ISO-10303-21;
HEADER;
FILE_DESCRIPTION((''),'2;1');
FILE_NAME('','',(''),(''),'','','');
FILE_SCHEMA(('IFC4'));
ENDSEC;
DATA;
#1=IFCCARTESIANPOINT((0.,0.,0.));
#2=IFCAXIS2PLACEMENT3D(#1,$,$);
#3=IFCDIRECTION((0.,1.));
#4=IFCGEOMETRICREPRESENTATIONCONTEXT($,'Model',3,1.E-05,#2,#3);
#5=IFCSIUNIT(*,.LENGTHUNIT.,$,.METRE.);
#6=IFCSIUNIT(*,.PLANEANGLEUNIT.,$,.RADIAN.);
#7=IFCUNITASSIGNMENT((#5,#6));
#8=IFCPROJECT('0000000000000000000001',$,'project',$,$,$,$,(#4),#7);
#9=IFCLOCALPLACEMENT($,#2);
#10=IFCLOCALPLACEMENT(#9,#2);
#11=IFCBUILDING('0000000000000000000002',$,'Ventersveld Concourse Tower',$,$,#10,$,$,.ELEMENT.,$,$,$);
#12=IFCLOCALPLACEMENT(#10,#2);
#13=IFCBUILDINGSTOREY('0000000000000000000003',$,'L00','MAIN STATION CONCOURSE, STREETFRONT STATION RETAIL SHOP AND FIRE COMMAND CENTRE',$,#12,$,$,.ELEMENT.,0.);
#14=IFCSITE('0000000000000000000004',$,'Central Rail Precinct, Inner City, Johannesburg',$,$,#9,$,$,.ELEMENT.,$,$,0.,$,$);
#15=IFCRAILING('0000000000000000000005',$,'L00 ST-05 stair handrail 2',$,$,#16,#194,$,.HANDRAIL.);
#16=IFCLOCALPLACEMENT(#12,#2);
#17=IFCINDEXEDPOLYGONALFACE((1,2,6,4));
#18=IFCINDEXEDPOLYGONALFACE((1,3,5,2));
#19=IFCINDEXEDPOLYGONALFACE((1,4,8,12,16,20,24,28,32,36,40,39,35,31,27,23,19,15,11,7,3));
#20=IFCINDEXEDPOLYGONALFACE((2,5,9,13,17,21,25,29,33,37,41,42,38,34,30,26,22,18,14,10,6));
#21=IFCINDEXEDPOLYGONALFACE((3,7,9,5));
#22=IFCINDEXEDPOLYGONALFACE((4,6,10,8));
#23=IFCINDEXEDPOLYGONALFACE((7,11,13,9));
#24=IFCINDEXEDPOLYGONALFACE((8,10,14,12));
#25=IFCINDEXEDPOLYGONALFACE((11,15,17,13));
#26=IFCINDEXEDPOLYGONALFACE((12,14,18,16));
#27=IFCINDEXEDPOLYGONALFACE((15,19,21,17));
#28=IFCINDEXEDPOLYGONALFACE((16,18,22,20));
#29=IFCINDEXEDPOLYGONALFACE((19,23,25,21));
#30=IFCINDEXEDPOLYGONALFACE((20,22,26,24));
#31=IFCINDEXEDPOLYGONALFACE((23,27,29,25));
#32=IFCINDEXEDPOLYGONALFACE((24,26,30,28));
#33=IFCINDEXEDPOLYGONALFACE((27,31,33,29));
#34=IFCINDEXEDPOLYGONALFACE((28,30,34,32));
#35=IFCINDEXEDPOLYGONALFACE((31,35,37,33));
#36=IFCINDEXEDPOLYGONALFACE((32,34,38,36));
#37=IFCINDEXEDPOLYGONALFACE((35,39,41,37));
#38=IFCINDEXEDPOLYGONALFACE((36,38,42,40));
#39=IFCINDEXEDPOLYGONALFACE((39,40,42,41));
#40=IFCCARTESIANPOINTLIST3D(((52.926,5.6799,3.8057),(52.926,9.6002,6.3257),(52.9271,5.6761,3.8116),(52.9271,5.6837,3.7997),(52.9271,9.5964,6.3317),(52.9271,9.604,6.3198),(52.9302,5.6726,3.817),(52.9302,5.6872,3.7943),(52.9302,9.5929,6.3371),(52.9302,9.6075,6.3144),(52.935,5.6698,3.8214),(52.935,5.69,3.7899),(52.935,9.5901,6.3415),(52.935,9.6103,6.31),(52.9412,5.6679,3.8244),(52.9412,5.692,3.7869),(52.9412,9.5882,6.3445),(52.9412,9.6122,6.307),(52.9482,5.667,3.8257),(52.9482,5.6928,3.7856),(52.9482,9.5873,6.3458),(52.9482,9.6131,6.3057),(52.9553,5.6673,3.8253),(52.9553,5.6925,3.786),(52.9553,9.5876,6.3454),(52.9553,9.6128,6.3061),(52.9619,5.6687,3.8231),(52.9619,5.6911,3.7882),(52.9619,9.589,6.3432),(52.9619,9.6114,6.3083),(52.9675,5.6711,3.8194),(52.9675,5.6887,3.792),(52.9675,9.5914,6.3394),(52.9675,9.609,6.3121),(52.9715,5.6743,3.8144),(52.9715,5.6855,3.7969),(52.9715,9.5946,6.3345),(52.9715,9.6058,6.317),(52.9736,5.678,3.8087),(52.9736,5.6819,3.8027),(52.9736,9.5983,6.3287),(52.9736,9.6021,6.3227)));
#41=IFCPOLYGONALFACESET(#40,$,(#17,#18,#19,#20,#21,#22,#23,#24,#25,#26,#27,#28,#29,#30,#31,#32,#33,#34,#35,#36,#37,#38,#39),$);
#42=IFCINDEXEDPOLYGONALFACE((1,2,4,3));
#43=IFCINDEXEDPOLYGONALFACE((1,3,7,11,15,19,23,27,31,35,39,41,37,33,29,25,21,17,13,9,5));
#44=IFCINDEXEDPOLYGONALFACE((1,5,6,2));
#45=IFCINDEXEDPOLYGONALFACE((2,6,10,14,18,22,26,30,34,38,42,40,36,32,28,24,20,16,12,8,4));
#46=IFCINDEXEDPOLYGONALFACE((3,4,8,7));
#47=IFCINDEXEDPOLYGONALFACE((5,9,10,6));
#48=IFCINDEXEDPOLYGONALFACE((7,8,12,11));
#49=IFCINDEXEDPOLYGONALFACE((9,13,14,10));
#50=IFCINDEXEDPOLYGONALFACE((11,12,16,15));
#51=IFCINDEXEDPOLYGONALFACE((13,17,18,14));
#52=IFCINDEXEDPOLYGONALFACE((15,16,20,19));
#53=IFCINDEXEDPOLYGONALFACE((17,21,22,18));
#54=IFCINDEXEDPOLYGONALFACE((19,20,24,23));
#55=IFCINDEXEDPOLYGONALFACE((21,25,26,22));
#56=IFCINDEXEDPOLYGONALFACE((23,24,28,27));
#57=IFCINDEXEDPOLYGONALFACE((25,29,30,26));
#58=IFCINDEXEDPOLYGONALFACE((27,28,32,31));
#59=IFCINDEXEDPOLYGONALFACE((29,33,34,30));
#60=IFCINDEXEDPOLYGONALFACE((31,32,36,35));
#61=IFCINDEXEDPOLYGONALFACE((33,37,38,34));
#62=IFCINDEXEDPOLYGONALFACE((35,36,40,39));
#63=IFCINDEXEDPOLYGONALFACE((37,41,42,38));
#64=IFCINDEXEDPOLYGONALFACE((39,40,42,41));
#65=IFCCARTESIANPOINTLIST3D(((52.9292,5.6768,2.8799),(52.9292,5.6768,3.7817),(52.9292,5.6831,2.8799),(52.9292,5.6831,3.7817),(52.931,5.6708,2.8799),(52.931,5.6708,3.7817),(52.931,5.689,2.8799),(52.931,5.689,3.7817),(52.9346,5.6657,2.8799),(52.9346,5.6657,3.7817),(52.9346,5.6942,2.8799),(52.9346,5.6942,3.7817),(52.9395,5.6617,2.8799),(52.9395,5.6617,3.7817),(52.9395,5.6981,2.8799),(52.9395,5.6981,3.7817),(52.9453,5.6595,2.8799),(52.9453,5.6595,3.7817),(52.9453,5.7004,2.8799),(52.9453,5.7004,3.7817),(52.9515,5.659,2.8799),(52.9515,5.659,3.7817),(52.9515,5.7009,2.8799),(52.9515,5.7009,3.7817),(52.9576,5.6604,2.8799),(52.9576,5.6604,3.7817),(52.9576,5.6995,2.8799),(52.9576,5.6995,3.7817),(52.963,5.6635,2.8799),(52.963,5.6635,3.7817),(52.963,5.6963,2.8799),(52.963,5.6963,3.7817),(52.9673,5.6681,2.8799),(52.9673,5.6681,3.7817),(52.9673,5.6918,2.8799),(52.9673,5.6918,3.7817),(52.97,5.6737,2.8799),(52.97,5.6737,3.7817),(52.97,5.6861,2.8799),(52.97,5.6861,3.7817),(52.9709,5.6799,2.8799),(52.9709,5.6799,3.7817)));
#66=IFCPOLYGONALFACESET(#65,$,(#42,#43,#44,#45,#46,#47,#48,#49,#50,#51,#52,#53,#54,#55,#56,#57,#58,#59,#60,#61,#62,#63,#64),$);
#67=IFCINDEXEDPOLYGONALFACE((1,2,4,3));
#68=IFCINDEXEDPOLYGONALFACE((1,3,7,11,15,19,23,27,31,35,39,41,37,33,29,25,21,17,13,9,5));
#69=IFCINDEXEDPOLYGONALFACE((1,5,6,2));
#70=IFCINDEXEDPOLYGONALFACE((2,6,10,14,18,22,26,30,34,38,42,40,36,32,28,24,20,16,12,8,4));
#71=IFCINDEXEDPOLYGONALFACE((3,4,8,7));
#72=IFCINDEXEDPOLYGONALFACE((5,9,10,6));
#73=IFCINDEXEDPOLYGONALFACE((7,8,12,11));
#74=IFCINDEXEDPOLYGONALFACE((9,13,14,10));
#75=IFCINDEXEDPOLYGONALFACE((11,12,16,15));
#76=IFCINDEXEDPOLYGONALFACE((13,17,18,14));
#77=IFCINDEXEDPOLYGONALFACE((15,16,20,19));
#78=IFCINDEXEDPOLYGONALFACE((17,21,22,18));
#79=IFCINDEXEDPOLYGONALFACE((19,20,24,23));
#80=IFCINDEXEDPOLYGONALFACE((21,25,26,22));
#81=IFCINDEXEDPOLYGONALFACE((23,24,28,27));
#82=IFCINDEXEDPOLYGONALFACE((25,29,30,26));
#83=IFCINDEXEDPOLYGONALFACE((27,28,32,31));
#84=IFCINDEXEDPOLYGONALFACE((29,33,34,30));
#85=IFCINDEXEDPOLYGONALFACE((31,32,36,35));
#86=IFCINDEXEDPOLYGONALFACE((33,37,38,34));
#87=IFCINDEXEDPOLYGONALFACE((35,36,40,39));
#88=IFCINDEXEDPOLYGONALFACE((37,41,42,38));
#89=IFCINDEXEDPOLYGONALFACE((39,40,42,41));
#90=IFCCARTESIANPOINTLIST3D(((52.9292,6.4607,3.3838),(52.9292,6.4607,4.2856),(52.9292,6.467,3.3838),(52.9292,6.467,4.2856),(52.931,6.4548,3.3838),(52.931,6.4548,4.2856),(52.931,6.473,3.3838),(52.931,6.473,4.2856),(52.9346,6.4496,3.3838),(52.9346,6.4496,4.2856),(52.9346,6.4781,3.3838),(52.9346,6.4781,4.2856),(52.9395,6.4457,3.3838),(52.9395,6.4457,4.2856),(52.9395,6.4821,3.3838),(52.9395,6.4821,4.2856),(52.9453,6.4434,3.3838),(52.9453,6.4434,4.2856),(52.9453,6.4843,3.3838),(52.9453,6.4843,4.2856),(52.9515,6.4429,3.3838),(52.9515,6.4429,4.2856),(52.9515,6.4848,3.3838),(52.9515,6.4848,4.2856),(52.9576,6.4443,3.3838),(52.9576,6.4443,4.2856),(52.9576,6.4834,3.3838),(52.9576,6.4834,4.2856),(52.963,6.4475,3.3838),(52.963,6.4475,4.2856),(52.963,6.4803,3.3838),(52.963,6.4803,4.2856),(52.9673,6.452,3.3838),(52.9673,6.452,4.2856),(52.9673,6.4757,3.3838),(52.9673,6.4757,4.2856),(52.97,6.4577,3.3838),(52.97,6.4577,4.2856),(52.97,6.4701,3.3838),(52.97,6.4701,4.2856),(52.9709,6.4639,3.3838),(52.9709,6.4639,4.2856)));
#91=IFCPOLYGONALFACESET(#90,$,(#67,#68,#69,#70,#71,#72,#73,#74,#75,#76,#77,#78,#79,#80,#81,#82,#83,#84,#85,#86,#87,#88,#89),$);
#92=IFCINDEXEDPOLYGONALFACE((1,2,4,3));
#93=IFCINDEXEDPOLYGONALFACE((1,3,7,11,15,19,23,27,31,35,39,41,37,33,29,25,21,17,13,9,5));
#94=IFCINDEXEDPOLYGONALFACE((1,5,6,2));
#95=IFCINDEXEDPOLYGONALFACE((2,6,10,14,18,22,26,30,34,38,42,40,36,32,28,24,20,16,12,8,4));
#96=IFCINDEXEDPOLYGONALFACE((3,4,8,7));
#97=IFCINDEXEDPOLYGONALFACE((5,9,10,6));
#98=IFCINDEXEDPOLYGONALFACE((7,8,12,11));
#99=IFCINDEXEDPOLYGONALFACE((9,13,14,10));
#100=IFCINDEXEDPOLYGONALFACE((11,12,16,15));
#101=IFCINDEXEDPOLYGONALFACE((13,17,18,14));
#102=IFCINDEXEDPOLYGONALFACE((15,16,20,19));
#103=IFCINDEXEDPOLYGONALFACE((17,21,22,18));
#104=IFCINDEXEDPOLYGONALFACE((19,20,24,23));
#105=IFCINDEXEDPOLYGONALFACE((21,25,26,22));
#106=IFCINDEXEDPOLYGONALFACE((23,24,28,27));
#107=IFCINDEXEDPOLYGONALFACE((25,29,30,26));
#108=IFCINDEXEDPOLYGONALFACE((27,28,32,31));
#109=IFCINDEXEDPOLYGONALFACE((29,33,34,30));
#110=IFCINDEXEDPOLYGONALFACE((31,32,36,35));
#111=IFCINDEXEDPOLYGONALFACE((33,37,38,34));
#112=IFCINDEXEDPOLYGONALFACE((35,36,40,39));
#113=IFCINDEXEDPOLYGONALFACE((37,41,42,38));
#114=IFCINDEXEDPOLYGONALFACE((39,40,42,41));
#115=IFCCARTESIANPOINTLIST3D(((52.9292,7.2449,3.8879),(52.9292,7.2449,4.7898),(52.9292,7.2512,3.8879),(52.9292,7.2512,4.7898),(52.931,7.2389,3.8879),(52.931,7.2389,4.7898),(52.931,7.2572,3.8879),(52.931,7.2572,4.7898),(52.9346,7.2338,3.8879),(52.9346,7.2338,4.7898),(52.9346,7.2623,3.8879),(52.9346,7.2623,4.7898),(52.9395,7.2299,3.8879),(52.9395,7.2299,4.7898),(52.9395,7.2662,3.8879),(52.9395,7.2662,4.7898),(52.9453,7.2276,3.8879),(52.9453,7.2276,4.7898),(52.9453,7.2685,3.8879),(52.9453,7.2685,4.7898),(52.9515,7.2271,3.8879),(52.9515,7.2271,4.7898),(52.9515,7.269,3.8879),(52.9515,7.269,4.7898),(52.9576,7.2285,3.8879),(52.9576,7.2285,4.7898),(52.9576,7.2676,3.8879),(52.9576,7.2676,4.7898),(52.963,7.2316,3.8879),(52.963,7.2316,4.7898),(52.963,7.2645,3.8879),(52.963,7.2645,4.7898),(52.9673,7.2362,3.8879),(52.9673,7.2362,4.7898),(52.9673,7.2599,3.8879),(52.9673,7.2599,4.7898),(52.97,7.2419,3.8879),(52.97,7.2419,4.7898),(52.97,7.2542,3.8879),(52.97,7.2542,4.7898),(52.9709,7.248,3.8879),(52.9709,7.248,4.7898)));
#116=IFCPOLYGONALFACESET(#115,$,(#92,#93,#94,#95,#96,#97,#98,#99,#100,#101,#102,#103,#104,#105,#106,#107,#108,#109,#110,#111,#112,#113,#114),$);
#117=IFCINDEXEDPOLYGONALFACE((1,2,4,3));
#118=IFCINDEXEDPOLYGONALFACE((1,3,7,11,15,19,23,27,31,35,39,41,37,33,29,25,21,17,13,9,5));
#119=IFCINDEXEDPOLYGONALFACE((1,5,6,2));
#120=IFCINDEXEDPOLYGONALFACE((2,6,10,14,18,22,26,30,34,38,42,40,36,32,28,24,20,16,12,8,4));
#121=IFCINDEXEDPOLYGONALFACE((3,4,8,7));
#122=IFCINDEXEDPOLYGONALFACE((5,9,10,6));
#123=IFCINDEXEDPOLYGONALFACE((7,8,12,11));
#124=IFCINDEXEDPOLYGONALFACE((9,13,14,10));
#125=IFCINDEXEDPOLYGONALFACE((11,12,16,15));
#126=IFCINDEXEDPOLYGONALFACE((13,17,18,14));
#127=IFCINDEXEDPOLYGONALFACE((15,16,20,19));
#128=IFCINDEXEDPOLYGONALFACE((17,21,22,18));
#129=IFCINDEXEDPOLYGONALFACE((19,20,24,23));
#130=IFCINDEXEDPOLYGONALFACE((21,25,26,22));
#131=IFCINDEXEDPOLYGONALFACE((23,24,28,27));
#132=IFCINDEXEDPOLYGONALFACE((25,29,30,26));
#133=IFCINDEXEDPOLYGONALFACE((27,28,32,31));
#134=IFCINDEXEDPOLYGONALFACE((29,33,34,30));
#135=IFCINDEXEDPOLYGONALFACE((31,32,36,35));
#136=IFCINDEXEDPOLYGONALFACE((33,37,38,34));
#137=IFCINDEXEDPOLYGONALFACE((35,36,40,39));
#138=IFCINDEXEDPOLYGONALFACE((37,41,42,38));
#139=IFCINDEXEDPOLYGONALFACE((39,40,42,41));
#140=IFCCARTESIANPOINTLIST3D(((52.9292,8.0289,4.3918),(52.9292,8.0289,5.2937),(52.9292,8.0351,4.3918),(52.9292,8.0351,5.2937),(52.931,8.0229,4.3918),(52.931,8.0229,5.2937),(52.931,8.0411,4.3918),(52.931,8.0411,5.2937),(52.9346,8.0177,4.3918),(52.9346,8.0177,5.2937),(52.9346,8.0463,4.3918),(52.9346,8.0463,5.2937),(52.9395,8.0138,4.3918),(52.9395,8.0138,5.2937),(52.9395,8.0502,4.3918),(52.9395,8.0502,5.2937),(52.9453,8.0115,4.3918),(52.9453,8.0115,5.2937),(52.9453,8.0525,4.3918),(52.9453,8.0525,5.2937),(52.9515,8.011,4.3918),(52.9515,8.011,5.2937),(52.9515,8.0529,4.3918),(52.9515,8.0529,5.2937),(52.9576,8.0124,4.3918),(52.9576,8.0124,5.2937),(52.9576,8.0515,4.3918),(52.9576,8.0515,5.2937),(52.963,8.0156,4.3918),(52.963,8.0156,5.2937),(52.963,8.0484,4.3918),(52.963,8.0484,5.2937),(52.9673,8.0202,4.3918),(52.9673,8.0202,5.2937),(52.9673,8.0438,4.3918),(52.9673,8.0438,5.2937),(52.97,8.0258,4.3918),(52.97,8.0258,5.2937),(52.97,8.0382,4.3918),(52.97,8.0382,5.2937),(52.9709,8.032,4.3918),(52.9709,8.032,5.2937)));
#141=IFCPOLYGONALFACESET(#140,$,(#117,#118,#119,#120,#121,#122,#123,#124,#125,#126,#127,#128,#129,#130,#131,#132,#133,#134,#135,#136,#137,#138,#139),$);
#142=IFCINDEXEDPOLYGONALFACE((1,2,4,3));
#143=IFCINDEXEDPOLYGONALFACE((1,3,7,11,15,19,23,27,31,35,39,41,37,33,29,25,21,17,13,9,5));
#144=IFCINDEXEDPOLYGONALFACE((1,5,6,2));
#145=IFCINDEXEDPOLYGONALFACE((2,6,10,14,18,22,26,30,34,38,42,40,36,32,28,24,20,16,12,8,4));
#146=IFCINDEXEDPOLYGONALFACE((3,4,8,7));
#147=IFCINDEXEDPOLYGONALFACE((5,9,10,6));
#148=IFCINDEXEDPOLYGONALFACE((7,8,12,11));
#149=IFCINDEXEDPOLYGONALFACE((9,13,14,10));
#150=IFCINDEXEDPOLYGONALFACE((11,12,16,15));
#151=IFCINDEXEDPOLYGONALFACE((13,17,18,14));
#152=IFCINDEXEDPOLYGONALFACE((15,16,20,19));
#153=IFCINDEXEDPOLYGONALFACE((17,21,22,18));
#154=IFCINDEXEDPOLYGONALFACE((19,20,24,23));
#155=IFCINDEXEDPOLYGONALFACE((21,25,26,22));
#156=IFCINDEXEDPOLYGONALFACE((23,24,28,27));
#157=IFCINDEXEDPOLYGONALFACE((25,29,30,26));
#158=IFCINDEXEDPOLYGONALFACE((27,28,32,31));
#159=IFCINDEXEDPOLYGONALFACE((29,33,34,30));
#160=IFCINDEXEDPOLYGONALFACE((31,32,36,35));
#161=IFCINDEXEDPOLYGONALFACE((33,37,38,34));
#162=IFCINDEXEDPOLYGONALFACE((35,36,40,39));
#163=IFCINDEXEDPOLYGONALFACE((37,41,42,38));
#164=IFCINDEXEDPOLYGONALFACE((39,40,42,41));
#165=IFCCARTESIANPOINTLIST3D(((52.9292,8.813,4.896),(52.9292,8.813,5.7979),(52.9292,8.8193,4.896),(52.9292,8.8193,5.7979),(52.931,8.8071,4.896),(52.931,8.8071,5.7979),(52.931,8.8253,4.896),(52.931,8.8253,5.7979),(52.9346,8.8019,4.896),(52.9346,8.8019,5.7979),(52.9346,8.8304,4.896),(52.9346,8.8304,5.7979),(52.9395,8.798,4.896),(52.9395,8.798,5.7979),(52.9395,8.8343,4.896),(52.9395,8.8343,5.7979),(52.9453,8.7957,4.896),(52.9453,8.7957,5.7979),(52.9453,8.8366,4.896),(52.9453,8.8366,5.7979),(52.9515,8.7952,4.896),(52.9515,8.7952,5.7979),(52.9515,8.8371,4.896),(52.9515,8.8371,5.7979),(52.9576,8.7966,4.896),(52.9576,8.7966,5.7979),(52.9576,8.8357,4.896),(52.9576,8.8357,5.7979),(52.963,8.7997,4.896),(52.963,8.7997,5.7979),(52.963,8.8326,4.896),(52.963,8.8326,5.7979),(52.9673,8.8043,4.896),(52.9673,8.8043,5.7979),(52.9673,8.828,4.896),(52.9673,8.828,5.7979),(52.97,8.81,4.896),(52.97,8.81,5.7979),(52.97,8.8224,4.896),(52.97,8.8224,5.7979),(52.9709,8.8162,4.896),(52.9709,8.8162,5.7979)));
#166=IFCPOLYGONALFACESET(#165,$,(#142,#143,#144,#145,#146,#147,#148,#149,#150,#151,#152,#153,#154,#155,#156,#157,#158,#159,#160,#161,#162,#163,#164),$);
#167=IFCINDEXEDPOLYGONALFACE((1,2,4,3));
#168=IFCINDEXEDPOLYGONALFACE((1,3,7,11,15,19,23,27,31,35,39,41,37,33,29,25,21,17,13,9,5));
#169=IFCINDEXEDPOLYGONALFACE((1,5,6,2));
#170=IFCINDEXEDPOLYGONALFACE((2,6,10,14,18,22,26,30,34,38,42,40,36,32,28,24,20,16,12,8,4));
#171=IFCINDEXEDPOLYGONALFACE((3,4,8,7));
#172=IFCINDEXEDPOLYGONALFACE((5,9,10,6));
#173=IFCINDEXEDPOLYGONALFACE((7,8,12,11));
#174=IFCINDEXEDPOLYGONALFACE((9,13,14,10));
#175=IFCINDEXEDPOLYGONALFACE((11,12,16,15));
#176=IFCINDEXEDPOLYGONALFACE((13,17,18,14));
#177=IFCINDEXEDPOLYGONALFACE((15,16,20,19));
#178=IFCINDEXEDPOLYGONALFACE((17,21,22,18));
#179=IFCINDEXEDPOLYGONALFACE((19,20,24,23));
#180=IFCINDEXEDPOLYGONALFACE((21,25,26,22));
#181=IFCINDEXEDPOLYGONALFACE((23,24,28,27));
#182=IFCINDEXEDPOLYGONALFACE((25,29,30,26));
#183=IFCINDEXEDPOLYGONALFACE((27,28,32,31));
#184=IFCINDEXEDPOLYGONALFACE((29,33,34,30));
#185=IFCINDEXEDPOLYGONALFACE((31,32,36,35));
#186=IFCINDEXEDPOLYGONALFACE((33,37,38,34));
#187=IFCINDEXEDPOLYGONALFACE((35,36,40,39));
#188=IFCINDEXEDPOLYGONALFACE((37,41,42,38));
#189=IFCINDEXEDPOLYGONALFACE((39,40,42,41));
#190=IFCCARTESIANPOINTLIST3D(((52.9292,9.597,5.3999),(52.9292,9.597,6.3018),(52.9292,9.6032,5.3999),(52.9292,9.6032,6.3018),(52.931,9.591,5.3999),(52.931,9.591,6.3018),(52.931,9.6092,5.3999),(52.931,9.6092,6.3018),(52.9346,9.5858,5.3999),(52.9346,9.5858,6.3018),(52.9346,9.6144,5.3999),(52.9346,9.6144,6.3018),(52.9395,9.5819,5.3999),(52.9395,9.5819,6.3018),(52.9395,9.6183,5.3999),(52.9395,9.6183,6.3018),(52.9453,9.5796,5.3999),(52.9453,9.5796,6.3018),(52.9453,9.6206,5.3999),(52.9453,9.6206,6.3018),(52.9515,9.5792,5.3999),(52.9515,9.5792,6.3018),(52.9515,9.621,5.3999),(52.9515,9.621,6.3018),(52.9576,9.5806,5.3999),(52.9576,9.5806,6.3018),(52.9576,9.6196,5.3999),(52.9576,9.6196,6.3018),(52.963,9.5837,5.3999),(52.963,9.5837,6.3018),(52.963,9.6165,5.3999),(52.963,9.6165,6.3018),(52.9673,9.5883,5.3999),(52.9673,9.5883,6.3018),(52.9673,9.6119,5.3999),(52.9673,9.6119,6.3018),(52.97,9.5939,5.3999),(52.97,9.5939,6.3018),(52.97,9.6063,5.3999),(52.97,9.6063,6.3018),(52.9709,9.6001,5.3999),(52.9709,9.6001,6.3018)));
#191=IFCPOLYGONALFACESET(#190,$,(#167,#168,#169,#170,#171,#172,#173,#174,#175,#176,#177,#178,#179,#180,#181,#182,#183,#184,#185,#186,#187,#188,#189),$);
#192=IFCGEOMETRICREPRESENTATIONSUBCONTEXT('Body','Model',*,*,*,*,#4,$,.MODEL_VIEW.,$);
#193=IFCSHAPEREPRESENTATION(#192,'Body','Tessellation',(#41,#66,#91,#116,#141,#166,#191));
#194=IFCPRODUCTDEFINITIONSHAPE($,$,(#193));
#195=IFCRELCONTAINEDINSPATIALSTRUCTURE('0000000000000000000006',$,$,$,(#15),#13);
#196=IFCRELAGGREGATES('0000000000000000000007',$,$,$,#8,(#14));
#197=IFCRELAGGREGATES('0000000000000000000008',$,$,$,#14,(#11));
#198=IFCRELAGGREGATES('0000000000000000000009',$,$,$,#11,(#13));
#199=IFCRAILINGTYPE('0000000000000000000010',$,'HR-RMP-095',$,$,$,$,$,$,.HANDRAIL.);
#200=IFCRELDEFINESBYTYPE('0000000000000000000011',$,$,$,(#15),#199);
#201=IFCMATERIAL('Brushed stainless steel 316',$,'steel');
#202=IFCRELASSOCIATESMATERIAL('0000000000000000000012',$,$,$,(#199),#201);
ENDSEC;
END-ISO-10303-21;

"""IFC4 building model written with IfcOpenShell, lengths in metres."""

from ifc_helpers import new_model, si_unit, direction, frame, origin, origin_2d, place, context, subcontext, project, spatial, circle, extrude, material, type_object, element, save


model = new_model("IFC4")

# Units and contexts
model_context = context("Model", 3, precision=1e-05, world=origin(), true_north=direction((0.0, 1.0)))
body_context = subcontext(model_context, "Body", "Model", "MODEL_VIEW")
ifc_project = project(units=[si_unit("LENGTHUNIT", "METRE"), si_unit("PLANEANGLEUNIT", "RADIAN")], contexts=[model_context])

# Site, building, storey
site_placement = place(None, origin())
site = spatial("IfcSite", under=ifc_project, at=site_placement, Name="Central Rail Precinct, Inner City, Johannesburg", CompositionType="ELEMENT", RefElevation=0.0)
building_placement = place(site_placement, origin())
building = spatial("IfcBuilding", under=site, at=building_placement, Name="Ventersveld Concourse Tower", CompositionType="ELEMENT")
storey_placement = place(building_placement, origin())
storey = spatial("IfcBuildingStorey", under=building, at=storey_placement, Name="L00", Description="MAIN STATION CONCOURSE, STREETFRONT STATION RETAIL SHOP AND FIRE COMMAND CENTRE", CompositionType="ELEMENT", Elevation=0.0)

# Shared definitions
ifc_material_1 = material(Name="Brushed stainless steel 316", Category="steel")

# Railing
railing_type_1 = type_object("IfcRailingType", Name="HR-RMP-095", PredefinedType="HANDRAIL", material=ifc_material_1)
railing_1_placement = place(storey_placement, frame((52.95, 5.6799, 2.8799)))
element("IfcRailing", 1, at=railing_1_placement, inside=storey, type_object=railing_type_1, Name="L00 ST-05 stair handrail 2", PredefinedType="HANDRAIL", context=body_context, shape_type="SweptSolid", body=[
    extrude(circle(Radius=0.0239, at=origin_2d()), frame((0.0, 0.0, 0.9258), z_axis=(0.0, 0.841187, 0.540744), x_axis=(-1.0, 0.0, 0.0)), (0.0, 0.0, 1.0), 4.6604),
    extrude(circle(Radius=0.021, at=origin_2d()), origin(), (0.0, 0.0, 1.0), 0.9019),
    extrude(circle(Radius=0.021, at=origin_2d()), frame((0.0, 0.7839, 0.5039)), (0.0, 0.0, 1.0), 0.9019),
    extrude(circle(Radius=0.021, at=origin_2d()), frame((0.0, 1.5681, 1.0081)), (0.0, 0.0, 1.0), 0.9019),
    extrude(circle(Radius=0.021, at=origin_2d()), frame((0.0, 2.3521, 1.512)), (0.0, 0.0, 1.0), 0.9019),
    extrude(circle(Radius=0.021, at=origin_2d()), frame((0.0, 3.1362, 2.0161)), (0.0, 0.0, 1.0), 0.9019),
    extrude(circle(Radius=0.021, at=origin_2d()), frame((0.0, 3.9202, 2.52)), (0.0, 0.0, 1.0), 0.9019),
])

save(model, "model.ifc")
